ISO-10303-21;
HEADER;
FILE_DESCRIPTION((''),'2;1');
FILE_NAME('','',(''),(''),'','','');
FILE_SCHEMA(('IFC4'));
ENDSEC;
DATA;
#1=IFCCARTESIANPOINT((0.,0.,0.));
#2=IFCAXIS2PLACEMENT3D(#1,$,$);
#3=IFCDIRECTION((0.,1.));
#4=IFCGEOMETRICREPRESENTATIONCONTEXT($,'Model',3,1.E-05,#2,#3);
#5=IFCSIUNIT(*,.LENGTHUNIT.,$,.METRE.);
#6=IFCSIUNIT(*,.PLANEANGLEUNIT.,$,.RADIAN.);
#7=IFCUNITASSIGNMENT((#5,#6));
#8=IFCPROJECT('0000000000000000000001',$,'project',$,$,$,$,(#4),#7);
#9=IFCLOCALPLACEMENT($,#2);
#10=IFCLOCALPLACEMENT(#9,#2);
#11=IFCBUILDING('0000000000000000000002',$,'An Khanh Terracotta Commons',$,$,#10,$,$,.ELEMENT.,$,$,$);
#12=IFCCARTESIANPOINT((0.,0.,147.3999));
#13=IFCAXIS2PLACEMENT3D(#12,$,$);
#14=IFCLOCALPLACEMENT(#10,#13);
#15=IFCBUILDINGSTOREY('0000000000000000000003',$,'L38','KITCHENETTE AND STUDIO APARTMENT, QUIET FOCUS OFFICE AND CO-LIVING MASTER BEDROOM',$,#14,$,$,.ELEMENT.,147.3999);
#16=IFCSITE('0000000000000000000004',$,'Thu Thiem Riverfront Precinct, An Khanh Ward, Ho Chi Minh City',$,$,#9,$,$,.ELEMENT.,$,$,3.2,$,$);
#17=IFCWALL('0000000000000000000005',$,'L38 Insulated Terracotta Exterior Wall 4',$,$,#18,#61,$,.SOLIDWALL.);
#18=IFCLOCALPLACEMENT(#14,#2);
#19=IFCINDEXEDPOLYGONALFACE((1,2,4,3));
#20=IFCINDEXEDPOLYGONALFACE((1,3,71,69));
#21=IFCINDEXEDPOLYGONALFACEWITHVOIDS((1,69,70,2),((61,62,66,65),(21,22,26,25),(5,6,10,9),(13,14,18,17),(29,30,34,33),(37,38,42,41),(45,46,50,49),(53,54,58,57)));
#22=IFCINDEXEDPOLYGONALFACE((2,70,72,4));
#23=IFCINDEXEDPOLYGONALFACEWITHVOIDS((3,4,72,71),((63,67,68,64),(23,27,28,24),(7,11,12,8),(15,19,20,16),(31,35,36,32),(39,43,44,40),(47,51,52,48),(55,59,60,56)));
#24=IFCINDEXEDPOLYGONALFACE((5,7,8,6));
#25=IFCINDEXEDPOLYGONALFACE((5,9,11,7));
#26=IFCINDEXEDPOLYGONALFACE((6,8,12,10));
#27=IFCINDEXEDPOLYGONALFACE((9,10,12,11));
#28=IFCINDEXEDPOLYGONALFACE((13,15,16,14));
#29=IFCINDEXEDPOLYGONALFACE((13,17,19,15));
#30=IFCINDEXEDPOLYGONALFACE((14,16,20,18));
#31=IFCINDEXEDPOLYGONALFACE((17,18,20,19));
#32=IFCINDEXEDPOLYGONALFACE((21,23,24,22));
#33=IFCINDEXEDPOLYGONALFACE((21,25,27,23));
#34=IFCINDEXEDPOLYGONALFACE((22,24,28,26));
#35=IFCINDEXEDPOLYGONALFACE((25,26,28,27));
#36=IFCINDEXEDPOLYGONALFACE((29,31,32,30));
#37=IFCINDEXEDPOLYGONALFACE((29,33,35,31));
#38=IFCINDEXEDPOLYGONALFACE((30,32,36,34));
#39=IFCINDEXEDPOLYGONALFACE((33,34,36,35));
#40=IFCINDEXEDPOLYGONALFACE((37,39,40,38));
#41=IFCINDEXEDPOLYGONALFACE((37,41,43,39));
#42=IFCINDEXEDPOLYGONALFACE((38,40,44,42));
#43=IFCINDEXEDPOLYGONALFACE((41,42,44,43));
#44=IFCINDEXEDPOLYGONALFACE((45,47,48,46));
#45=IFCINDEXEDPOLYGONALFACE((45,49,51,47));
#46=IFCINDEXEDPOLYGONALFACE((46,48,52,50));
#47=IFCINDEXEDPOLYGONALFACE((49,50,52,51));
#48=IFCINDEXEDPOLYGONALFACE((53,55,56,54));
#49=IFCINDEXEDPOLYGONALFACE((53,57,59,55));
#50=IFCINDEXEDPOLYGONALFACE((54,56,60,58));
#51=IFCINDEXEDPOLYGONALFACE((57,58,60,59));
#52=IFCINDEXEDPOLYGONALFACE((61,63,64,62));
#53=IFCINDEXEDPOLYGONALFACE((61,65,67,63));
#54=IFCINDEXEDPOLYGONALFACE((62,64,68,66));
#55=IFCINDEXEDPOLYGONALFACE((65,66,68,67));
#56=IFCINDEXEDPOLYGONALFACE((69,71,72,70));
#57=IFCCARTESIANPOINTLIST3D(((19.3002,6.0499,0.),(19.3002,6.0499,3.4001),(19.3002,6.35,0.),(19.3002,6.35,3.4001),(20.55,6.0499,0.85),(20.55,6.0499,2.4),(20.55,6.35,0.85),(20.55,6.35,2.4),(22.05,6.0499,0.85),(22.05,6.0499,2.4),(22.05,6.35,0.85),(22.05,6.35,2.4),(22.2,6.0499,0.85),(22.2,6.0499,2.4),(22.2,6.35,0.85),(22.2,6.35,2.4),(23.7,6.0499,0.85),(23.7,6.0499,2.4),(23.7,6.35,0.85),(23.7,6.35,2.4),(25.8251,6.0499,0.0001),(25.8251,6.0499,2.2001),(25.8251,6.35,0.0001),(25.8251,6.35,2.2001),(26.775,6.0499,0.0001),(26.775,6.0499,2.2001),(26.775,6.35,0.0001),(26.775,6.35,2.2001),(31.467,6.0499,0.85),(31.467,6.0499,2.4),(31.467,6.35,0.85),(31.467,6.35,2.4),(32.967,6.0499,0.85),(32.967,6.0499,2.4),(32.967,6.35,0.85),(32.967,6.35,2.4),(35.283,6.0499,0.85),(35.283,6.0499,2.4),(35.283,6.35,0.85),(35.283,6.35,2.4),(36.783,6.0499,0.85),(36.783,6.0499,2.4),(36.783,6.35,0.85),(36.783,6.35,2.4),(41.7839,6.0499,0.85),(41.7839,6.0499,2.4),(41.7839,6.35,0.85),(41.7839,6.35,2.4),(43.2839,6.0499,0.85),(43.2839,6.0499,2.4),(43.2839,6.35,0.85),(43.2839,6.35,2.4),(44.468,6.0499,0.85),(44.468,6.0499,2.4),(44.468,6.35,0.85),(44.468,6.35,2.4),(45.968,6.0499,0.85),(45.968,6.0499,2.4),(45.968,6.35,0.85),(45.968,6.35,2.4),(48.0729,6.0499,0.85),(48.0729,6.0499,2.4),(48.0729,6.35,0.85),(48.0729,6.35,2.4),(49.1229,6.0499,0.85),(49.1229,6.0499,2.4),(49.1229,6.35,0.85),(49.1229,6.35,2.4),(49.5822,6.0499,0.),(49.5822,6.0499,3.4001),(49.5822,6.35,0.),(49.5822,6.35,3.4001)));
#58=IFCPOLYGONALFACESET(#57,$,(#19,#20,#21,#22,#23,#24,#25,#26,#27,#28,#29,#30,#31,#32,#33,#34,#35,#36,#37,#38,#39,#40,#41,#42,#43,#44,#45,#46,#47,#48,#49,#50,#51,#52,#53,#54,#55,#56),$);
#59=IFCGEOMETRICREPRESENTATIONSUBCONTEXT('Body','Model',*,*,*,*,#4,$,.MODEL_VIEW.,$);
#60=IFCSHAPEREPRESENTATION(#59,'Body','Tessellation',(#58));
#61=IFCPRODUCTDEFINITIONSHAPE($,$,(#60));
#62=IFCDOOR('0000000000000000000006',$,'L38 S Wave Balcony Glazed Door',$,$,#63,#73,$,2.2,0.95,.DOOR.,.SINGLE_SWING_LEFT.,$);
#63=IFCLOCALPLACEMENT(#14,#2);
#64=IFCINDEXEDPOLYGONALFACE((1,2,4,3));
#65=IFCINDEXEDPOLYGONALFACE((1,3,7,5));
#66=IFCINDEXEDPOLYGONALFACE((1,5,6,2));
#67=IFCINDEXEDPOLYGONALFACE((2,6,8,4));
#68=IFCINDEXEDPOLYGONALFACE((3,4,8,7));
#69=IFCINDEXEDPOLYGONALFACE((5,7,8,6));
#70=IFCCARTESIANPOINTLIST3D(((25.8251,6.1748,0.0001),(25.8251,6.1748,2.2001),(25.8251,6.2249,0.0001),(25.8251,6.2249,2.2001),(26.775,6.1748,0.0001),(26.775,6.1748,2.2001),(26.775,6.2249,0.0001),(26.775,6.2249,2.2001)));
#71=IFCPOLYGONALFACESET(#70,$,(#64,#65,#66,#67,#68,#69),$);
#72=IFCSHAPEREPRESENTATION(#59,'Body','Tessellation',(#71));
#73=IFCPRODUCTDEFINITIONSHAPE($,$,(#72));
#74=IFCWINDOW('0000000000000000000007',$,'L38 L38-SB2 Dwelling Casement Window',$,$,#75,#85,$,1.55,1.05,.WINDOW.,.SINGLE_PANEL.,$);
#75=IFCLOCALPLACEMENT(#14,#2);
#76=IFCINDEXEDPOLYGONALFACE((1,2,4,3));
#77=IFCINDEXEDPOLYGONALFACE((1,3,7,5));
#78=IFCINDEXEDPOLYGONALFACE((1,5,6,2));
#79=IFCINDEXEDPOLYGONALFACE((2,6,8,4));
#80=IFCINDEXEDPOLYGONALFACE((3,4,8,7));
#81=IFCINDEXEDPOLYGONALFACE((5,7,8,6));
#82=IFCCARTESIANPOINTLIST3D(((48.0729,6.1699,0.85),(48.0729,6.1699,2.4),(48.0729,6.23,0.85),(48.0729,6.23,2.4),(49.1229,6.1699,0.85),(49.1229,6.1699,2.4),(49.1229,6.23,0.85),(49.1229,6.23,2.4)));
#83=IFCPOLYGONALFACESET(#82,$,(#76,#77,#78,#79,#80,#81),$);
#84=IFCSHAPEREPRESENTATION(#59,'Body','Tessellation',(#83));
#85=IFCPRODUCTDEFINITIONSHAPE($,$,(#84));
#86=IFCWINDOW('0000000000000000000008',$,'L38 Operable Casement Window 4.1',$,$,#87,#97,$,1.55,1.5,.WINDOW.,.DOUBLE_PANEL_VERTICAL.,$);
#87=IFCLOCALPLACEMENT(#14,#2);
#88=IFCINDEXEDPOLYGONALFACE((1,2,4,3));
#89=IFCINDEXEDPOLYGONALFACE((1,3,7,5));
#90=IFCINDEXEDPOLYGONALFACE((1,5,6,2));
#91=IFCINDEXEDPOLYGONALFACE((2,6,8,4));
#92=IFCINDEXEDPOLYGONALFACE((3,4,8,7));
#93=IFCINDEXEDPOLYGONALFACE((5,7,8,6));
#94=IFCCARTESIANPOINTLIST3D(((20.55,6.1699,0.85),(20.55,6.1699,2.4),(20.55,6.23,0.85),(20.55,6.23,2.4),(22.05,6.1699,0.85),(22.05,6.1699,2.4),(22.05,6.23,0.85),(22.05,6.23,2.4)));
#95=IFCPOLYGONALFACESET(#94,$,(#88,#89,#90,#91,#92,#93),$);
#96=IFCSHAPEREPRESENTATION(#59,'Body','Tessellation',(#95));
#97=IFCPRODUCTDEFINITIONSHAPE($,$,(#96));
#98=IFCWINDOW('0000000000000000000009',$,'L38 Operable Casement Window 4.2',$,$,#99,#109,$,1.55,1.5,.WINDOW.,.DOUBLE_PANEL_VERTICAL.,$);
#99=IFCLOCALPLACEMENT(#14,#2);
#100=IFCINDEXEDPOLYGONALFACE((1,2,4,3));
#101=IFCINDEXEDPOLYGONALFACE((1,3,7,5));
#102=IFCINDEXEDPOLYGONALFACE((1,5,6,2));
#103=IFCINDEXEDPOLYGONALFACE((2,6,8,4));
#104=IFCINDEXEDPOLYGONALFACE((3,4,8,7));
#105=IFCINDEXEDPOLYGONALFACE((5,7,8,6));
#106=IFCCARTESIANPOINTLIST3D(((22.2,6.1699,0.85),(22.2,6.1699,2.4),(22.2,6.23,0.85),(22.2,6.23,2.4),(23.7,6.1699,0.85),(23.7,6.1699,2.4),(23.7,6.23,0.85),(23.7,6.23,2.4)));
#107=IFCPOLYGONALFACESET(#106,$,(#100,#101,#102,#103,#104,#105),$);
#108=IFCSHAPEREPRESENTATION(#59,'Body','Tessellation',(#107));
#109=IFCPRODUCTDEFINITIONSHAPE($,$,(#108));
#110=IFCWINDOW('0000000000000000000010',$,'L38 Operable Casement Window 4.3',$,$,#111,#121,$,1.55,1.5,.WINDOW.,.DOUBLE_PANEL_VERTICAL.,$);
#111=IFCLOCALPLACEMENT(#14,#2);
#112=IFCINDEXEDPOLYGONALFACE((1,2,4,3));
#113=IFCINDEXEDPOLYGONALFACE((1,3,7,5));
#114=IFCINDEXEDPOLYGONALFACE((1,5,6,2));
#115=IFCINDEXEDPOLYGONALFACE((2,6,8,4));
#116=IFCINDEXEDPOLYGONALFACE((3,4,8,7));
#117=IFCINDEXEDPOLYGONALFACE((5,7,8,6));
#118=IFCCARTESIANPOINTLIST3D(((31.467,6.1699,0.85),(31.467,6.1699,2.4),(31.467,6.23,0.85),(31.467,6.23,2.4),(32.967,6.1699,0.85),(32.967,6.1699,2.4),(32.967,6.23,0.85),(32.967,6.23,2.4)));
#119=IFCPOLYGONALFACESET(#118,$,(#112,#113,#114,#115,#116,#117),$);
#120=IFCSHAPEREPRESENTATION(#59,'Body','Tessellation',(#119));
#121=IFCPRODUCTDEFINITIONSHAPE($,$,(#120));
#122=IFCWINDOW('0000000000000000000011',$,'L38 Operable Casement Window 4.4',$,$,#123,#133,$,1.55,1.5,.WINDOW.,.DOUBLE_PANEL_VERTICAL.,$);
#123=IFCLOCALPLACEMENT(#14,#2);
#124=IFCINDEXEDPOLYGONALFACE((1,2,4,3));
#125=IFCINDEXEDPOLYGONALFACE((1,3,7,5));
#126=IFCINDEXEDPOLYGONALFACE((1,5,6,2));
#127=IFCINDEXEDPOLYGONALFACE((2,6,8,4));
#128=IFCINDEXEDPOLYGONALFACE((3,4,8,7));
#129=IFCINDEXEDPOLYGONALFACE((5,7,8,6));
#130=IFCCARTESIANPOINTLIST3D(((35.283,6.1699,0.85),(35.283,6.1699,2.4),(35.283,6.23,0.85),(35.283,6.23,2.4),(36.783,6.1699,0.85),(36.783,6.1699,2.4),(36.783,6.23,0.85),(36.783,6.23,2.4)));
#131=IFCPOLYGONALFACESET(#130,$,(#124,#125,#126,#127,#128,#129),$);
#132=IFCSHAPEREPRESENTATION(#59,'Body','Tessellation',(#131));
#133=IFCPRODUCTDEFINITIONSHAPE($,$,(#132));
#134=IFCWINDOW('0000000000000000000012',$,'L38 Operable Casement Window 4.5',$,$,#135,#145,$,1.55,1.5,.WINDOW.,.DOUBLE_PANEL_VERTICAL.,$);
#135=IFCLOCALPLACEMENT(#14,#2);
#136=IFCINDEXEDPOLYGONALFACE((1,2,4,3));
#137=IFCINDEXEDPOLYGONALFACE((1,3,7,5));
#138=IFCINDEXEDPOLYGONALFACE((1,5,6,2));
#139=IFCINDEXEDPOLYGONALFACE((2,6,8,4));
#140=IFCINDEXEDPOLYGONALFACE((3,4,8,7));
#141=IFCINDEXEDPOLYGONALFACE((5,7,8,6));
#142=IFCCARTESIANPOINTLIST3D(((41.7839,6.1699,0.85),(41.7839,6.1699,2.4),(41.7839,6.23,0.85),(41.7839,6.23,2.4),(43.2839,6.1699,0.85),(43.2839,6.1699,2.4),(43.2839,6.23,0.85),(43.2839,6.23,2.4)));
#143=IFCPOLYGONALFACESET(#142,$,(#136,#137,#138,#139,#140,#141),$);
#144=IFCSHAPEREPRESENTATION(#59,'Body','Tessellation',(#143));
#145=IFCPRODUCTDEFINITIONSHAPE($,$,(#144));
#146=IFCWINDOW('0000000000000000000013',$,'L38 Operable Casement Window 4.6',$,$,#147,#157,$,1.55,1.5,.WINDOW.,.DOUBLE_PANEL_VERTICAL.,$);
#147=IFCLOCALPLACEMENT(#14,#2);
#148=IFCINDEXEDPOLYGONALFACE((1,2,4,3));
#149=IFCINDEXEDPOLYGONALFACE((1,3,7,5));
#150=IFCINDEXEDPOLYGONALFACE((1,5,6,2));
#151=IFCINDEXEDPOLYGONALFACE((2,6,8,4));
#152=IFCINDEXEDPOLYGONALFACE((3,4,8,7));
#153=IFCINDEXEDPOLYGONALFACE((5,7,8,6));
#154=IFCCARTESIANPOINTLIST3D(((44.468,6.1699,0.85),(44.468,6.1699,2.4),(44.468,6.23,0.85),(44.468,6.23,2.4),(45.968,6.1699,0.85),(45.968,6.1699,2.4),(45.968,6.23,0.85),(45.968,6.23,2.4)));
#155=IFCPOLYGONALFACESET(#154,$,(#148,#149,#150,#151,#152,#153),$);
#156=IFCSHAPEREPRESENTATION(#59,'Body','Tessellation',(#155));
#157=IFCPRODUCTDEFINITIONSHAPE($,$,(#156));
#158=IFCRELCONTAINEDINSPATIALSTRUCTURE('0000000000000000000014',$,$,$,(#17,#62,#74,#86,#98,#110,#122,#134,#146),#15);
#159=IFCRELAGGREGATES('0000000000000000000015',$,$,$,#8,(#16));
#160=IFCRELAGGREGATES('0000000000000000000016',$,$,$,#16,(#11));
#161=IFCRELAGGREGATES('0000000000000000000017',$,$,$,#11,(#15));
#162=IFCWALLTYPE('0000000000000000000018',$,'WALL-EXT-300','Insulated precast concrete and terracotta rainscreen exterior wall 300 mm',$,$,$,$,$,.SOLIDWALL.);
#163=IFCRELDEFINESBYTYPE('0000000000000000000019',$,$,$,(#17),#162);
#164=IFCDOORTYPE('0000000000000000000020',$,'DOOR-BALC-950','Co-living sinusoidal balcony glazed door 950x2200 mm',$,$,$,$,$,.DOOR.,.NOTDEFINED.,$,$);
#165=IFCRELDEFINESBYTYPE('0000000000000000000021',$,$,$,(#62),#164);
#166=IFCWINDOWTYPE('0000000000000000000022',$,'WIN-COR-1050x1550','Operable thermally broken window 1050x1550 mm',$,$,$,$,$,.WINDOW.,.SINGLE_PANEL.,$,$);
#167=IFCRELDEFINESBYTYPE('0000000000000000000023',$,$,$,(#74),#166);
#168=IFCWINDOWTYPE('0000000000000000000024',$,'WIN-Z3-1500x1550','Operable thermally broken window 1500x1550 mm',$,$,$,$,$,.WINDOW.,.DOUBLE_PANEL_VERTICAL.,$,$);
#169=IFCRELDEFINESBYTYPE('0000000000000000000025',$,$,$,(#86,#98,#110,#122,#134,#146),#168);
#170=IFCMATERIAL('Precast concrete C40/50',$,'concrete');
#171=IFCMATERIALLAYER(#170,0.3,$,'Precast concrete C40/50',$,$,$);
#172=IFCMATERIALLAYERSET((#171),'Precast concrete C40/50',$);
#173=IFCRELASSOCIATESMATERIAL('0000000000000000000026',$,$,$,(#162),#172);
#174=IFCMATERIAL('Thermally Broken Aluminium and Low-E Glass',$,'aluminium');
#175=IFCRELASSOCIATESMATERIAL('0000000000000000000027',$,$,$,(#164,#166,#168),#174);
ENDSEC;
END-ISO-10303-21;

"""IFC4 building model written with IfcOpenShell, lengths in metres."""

from ifc_helpers import new_model, si_unit, direction, frame, frame_2d, origin, place, context, subcontext, project, spatial, rectangle, extrude, material, layer, layer_set, type_object, element, fill, save


model = new_model("IFC4")

# Units and contexts
model_context = context("Model", 3, precision=1e-05, world=origin(), true_north=direction((0.0, 1.0)))
body_context = subcontext(model_context, "Body", "Model", "MODEL_VIEW")
ifc_project = project(units=[si_unit("LENGTHUNIT", "METRE"), si_unit("PLANEANGLEUNIT", "RADIAN")], contexts=[model_context])

# Site, building, storey
site_placement = place(None, origin())
site = spatial("IfcSite", under=ifc_project, at=site_placement, Name="Thu Thiem Riverfront Precinct, An Khanh Ward, Ho Chi Minh City", CompositionType="ELEMENT", RefElevation=3.2)
building_placement = place(site_placement, origin())
building = spatial("IfcBuilding", under=site, at=building_placement, Name="An Khanh Terracotta Commons", CompositionType="ELEMENT")
storey_placement = place(building_placement, frame((0.0, 0.0, 147.3999)))
storey = spatial("IfcBuildingStorey", under=building, at=storey_placement, Name="L38", Description="KITCHENETTE AND STUDIO APARTMENT, QUIET FOCUS OFFICE AND CO-LIVING MASTER BEDROOM", CompositionType="ELEMENT", Elevation=147.3999)

# Wall, openings, door, windows
ifc_material_1 = material(Name="Precast concrete C40/50", Category="concrete")
ifc_layer_1 = layer(ifc_material_1, 0.3, Name="Precast concrete C40/50")
ifc_layer_set_1 = layer_set([ifc_layer_1], Name="Precast concrete C40/50")
wall_type_1 = type_object("IfcWallType", Name="WALL-EXT-300", Description="Insulated precast concrete and terracotta rainscreen exterior wall 300 mm", PredefinedType="SOLIDWALL", material=ifc_layer_set_1)
wall_1_placement = place(storey_placement, frame((19.3, 6.2, 0.0), z_axis=(0.0, 0.0, 1.0), x_axis=(1.0, 0.0, 0.0)))
wall_1 = element("IfcWall", 1, at=wall_1_placement, inside=storey, type_object=wall_type_1, Name="L38 Insulated Terracotta Exterior Wall 4", PredefinedType="SOLIDWALL", context=body_context, shape_type="SweptSolid", body=[
    extrude(rectangle(XDim=30.282, YDim=0.3, at=frame_2d((15.1411, 0.0))), origin(), (0.0, 0.0, 1.0), 3.4001),
])
opening_1_placement = place(wall_1_placement, frame((6.5249, 0.0, 0.0)))
opening_1 = element("IfcOpeningElement", 2, at=opening_1_placement, cuts=wall_1, PredefinedType="OPENING", context=body_context, shape_type="SweptSolid", body=[
    extrude(rectangle(XDim=0.95, YDim=2.2, at=frame_2d((0.4751, 1.1001))), frame((0.0, 0.1599, 0.0), z_axis=(0.0, -1.0, 0.0), x_axis=(1.0, 0.0, 0.0)), (0.0, 0.0, 1.0), 0.3201),
])
opening_2_placement = place(wall_1_placement, frame((1.25, 0.0, 0.8501)))
opening_2 = element("IfcOpeningElement", 3, at=opening_2_placement, cuts=wall_1, PredefinedType="OPENING", context=body_context, shape_type="SweptSolid", body=[
    extrude(rectangle(XDim=1.5, YDim=1.55, at=frame_2d((0.75, 0.7749))), frame((0.0, 0.1599, 0.0), z_axis=(0.0, -1.0, 0.0), x_axis=(1.0, 0.0, 0.0)), (0.0, 0.0, 1.0), 0.3201),
])
opening_3_placement = place(wall_1_placement, frame((2.8999, 0.0, 0.8501)))
opening_3 = element("IfcOpeningElement", 4, at=opening_3_placement, cuts=wall_1, PredefinedType="OPENING", context=body_context, shape_type="SweptSolid", body=[
    extrude(rectangle(XDim=1.5, YDim=1.55, at=frame_2d((0.75, 0.7749))), frame((0.0, 0.1599, 0.0), z_axis=(0.0, -1.0, 0.0), x_axis=(1.0, 0.0, 0.0)), (0.0, 0.0, 1.0), 0.3201),
])
opening_4_placement = place(wall_1_placement, frame((12.167, 0.0, 0.8501)))
opening_4 = element("IfcOpeningElement", 5, at=opening_4_placement, cuts=wall_1, PredefinedType="OPENING", context=body_context, shape_type="SweptSolid", body=[
    extrude(rectangle(XDim=1.5, YDim=1.55, at=frame_2d((0.75, 0.7749))), frame((0.0, 0.1599, 0.0), z_axis=(0.0, -1.0, 0.0), x_axis=(1.0, 0.0, 0.0)), (0.0, 0.0, 1.0), 0.3201),
])
opening_5_placement = place(wall_1_placement, frame((15.9829, 0.0, 0.8501)))
opening_5 = element("IfcOpeningElement", 6, at=opening_5_placement, cuts=wall_1, PredefinedType="OPENING", context=body_context, shape_type="SweptSolid", body=[
    extrude(rectangle(XDim=1.5, YDim=1.55, at=frame_2d((0.75, 0.7749))), frame((0.0, 0.1599, 0.0), z_axis=(0.0, -1.0, 0.0), x_axis=(1.0, 0.0, 0.0)), (0.0, 0.0, 1.0), 0.3201),
])
opening_6_placement = place(wall_1_placement, frame((22.4839, 0.0, 0.8501)))
opening_6 = element("IfcOpeningElement", 7, at=opening_6_placement, cuts=wall_1, PredefinedType="OPENING", context=body_context, shape_type="SweptSolid", body=[
    extrude(rectangle(XDim=1.5, YDim=1.55, at=frame_2d((0.75, 0.7749))), frame((0.0, 0.1599, 0.0), z_axis=(0.0, -1.0, 0.0), x_axis=(1.0, 0.0, 0.0)), (0.0, 0.0, 1.0), 0.3201),
])
opening_7_placement = place(wall_1_placement, frame((25.168, 0.0, 0.8501)))
opening_7 = element("IfcOpeningElement", 8, at=opening_7_placement, cuts=wall_1, PredefinedType="OPENING", context=body_context, shape_type="SweptSolid", body=[
    extrude(rectangle(XDim=1.5, YDim=1.55, at=frame_2d((0.75, 0.7749))), frame((0.0, 0.1599, 0.0), z_axis=(0.0, -1.0, 0.0), x_axis=(1.0, 0.0, 0.0)), (0.0, 0.0, 1.0), 0.3201),
])
opening_8_placement = place(wall_1_placement, frame((28.7729, 0.0, 0.8501)))
opening_8 = element("IfcOpeningElement", 9, at=opening_8_placement, cuts=wall_1, PredefinedType="OPENING", context=body_context, shape_type="SweptSolid", body=[
    extrude(rectangle(XDim=1.05, YDim=1.55, at=frame_2d((0.5249, 0.7749))), frame((0.0, 0.1599, 0.0), z_axis=(0.0, -1.0, 0.0), x_axis=(1.0, 0.0, 0.0)), (0.0, 0.0, 1.0), 0.3201),
])
ifc_material_2 = material(Name="Thermally Broken Aluminium and Low-E Glass", Category="aluminium")
door_type_1 = type_object("IfcDoorType", Name="DOOR-BALC-950", Description="Co-living sinusoidal balcony glazed door 950x2200 mm", OperationType="NOTDEFINED", PredefinedType="DOOR", material=ifc_material_2)
door_1_placement = place(opening_1_placement, origin())
door_1 = element("IfcDoor", 10, at=door_1_placement, inside=storey, type_object=door_type_1, Name="L38 S Wave Balcony Glazed Door", OperationType="SINGLE_SWING_LEFT", OverallHeight=2.2, OverallWidth=0.95, PredefinedType="DOOR", context=body_context, shape_type="SweptSolid", body=[
    extrude(rectangle(XDim=0.95, YDim=2.2, at=frame_2d((0.4751, 1.1001))), frame((0.0, 0.0249, 0.0), z_axis=(0.0, -1.0, 0.0), x_axis=(1.0, 0.0, 0.0)), (0.0, 0.0, 1.0), 0.05),
])
fill(opening_1, door_1)
window_type_1 = type_object("IfcWindowType", Name="WIN-COR-1050x1550", Description="Operable thermally broken window 1050x1550 mm", PartitioningType="SINGLE_PANEL", PredefinedType="WINDOW", material=ifc_material_2)
window_1_placement = place(opening_8_placement, origin())
window_1 = element("IfcWindow", 11, at=window_1_placement, inside=storey, type_object=window_type_1, Name="L38 L38-SB2 Dwelling Casement Window", OverallHeight=1.55, OverallWidth=1.05, PartitioningType="SINGLE_PANEL", PredefinedType="WINDOW", context=body_context, shape_type="SweptSolid", body=[
    extrude(rectangle(XDim=1.05, YDim=1.55, at=frame_2d((0.5249, 0.7749))), frame((0.0, 0.03, 0.0), z_axis=(0.0, -1.0, 0.0), x_axis=(1.0, 0.0, 0.0)), (0.0, 0.0, 1.0), 0.0601),
])
fill(opening_8, window_1)
window_type_2 = type_object("IfcWindowType", Name="WIN-Z3-1500x1550", Description="Operable thermally broken window 1500x1550 mm", PartitioningType="DOUBLE_PANEL_VERTICAL", PredefinedType="WINDOW", material=ifc_material_2)
window_2_placement = place(opening_2_placement, origin())
window_2 = element("IfcWindow", 12, at=window_2_placement, inside=storey, type_object=window_type_2, Name="L38 Operable Casement Window 4.1", OverallHeight=1.55, OverallWidth=1.5, PartitioningType="DOUBLE_PANEL_VERTICAL", PredefinedType="WINDOW", context=body_context, shape_type="SweptSolid", body=[
    extrude(rectangle(XDim=1.5, YDim=1.55, at=frame_2d((0.75, 0.7749))), frame((0.0, 0.03, 0.0), z_axis=(0.0, -1.0, 0.0), x_axis=(1.0, 0.0, 0.0)), (0.0, 0.0, 1.0), 0.0601),
])
fill(opening_2, window_2)
window_3_placement = place(opening_3_placement, origin())
window_3 = element("IfcWindow", 13, at=window_3_placement, inside=storey, type_object=window_type_2, Name="L38 Operable Casement Window 4.2", OverallHeight=1.55, OverallWidth=1.5, PartitioningType="DOUBLE_PANEL_VERTICAL", PredefinedType="WINDOW", context=body_context, shape_type="SweptSolid", body=[
    extrude(rectangle(XDim=1.5, YDim=1.55, at=frame_2d((0.75, 0.7749))), frame((0.0, 0.03, 0.0), z_axis=(0.0, -1.0, 0.0), x_axis=(1.0, 0.0, 0.0)), (0.0, 0.0, 1.0), 0.0601),
])
fill(opening_3, window_3)
window_4_placement = place(opening_4_placement, origin())
window_4 = element("IfcWindow", 14, at=window_4_placement, inside=storey, type_object=window_type_2, Name="L38 Operable Casement Window 4.3", OverallHeight=1.55, OverallWidth=1.5, PartitioningType="DOUBLE_PANEL_VERTICAL", PredefinedType="WINDOW", context=body_context, shape_type="SweptSolid", body=[
    extrude(rectangle(XDim=1.5, YDim=1.55, at=frame_2d((0.75, 0.7749))), frame((0.0, 0.03, 0.0), z_axis=(0.0, -1.0, 0.0), x_axis=(1.0, 0.0, 0.0)), (0.0, 0.0, 1.0), 0.0601),
])
fill(opening_4, window_4)
window_5_placement = place(opening_5_placement, origin())
window_5 = element("IfcWindow", 15, at=window_5_placement, inside=storey, type_object=window_type_2, Name="L38 Operable Casement Window 4.4", OverallHeight=1.55, OverallWidth=1.5, PartitioningType="DOUBLE_PANEL_VERTICAL", PredefinedType="WINDOW", context=body_context, shape_type="SweptSolid", body=[
    extrude(rectangle(XDim=1.5, YDim=1.55, at=frame_2d((0.75, 0.7749))), frame((0.0, 0.03, 0.0), z_axis=(0.0, -1.0, 0.0), x_axis=(1.0, 0.0, 0.0)), (0.0, 0.0, 1.0), 0.0601),
])
fill(opening_5, window_5)
window_6_placement = place(opening_6_placement, origin())
window_6 = element("IfcWindow", 16, at=window_6_placement, inside=storey, type_object=window_type_2, Name="L38 Operable Casement Window 4.5", OverallHeight=1.55, OverallWidth=1.5, PartitioningType="DOUBLE_PANEL_VERTICAL", PredefinedType="WINDOW", context=body_context, shape_type="SweptSolid", body=[
    extrude(rectangle(XDim=1.5, YDim=1.55, at=frame_2d((0.75, 0.7749))), frame((0.0, 0.03, 0.0), z_axis=(0.0, -1.0, 0.0), x_axis=(1.0, 0.0, 0.0)), (0.0, 0.0, 1.0), 0.0601),
])
fill(opening_6, window_6)
window_7_placement = place(opening_7_placement, origin())
window_7 = element("IfcWindow", 17, at=window_7_placement, inside=storey, type_object=window_type_2, Name="L38 Operable Casement Window 4.6", OverallHeight=1.55, OverallWidth=1.5, PartitioningType="DOUBLE_PANEL_VERTICAL", PredefinedType="WINDOW", context=body_context, shape_type="SweptSolid", body=[
    extrude(rectangle(XDim=1.5, YDim=1.55, at=frame_2d((0.75, 0.7749))), frame((0.0, 0.03, 0.0), z_axis=(0.0, -1.0, 0.0), x_axis=(1.0, 0.0, 0.0)), (0.0, 0.0, 1.0), 0.0601),
])
fill(opening_7, window_7)

save(model, "model.ifc")
